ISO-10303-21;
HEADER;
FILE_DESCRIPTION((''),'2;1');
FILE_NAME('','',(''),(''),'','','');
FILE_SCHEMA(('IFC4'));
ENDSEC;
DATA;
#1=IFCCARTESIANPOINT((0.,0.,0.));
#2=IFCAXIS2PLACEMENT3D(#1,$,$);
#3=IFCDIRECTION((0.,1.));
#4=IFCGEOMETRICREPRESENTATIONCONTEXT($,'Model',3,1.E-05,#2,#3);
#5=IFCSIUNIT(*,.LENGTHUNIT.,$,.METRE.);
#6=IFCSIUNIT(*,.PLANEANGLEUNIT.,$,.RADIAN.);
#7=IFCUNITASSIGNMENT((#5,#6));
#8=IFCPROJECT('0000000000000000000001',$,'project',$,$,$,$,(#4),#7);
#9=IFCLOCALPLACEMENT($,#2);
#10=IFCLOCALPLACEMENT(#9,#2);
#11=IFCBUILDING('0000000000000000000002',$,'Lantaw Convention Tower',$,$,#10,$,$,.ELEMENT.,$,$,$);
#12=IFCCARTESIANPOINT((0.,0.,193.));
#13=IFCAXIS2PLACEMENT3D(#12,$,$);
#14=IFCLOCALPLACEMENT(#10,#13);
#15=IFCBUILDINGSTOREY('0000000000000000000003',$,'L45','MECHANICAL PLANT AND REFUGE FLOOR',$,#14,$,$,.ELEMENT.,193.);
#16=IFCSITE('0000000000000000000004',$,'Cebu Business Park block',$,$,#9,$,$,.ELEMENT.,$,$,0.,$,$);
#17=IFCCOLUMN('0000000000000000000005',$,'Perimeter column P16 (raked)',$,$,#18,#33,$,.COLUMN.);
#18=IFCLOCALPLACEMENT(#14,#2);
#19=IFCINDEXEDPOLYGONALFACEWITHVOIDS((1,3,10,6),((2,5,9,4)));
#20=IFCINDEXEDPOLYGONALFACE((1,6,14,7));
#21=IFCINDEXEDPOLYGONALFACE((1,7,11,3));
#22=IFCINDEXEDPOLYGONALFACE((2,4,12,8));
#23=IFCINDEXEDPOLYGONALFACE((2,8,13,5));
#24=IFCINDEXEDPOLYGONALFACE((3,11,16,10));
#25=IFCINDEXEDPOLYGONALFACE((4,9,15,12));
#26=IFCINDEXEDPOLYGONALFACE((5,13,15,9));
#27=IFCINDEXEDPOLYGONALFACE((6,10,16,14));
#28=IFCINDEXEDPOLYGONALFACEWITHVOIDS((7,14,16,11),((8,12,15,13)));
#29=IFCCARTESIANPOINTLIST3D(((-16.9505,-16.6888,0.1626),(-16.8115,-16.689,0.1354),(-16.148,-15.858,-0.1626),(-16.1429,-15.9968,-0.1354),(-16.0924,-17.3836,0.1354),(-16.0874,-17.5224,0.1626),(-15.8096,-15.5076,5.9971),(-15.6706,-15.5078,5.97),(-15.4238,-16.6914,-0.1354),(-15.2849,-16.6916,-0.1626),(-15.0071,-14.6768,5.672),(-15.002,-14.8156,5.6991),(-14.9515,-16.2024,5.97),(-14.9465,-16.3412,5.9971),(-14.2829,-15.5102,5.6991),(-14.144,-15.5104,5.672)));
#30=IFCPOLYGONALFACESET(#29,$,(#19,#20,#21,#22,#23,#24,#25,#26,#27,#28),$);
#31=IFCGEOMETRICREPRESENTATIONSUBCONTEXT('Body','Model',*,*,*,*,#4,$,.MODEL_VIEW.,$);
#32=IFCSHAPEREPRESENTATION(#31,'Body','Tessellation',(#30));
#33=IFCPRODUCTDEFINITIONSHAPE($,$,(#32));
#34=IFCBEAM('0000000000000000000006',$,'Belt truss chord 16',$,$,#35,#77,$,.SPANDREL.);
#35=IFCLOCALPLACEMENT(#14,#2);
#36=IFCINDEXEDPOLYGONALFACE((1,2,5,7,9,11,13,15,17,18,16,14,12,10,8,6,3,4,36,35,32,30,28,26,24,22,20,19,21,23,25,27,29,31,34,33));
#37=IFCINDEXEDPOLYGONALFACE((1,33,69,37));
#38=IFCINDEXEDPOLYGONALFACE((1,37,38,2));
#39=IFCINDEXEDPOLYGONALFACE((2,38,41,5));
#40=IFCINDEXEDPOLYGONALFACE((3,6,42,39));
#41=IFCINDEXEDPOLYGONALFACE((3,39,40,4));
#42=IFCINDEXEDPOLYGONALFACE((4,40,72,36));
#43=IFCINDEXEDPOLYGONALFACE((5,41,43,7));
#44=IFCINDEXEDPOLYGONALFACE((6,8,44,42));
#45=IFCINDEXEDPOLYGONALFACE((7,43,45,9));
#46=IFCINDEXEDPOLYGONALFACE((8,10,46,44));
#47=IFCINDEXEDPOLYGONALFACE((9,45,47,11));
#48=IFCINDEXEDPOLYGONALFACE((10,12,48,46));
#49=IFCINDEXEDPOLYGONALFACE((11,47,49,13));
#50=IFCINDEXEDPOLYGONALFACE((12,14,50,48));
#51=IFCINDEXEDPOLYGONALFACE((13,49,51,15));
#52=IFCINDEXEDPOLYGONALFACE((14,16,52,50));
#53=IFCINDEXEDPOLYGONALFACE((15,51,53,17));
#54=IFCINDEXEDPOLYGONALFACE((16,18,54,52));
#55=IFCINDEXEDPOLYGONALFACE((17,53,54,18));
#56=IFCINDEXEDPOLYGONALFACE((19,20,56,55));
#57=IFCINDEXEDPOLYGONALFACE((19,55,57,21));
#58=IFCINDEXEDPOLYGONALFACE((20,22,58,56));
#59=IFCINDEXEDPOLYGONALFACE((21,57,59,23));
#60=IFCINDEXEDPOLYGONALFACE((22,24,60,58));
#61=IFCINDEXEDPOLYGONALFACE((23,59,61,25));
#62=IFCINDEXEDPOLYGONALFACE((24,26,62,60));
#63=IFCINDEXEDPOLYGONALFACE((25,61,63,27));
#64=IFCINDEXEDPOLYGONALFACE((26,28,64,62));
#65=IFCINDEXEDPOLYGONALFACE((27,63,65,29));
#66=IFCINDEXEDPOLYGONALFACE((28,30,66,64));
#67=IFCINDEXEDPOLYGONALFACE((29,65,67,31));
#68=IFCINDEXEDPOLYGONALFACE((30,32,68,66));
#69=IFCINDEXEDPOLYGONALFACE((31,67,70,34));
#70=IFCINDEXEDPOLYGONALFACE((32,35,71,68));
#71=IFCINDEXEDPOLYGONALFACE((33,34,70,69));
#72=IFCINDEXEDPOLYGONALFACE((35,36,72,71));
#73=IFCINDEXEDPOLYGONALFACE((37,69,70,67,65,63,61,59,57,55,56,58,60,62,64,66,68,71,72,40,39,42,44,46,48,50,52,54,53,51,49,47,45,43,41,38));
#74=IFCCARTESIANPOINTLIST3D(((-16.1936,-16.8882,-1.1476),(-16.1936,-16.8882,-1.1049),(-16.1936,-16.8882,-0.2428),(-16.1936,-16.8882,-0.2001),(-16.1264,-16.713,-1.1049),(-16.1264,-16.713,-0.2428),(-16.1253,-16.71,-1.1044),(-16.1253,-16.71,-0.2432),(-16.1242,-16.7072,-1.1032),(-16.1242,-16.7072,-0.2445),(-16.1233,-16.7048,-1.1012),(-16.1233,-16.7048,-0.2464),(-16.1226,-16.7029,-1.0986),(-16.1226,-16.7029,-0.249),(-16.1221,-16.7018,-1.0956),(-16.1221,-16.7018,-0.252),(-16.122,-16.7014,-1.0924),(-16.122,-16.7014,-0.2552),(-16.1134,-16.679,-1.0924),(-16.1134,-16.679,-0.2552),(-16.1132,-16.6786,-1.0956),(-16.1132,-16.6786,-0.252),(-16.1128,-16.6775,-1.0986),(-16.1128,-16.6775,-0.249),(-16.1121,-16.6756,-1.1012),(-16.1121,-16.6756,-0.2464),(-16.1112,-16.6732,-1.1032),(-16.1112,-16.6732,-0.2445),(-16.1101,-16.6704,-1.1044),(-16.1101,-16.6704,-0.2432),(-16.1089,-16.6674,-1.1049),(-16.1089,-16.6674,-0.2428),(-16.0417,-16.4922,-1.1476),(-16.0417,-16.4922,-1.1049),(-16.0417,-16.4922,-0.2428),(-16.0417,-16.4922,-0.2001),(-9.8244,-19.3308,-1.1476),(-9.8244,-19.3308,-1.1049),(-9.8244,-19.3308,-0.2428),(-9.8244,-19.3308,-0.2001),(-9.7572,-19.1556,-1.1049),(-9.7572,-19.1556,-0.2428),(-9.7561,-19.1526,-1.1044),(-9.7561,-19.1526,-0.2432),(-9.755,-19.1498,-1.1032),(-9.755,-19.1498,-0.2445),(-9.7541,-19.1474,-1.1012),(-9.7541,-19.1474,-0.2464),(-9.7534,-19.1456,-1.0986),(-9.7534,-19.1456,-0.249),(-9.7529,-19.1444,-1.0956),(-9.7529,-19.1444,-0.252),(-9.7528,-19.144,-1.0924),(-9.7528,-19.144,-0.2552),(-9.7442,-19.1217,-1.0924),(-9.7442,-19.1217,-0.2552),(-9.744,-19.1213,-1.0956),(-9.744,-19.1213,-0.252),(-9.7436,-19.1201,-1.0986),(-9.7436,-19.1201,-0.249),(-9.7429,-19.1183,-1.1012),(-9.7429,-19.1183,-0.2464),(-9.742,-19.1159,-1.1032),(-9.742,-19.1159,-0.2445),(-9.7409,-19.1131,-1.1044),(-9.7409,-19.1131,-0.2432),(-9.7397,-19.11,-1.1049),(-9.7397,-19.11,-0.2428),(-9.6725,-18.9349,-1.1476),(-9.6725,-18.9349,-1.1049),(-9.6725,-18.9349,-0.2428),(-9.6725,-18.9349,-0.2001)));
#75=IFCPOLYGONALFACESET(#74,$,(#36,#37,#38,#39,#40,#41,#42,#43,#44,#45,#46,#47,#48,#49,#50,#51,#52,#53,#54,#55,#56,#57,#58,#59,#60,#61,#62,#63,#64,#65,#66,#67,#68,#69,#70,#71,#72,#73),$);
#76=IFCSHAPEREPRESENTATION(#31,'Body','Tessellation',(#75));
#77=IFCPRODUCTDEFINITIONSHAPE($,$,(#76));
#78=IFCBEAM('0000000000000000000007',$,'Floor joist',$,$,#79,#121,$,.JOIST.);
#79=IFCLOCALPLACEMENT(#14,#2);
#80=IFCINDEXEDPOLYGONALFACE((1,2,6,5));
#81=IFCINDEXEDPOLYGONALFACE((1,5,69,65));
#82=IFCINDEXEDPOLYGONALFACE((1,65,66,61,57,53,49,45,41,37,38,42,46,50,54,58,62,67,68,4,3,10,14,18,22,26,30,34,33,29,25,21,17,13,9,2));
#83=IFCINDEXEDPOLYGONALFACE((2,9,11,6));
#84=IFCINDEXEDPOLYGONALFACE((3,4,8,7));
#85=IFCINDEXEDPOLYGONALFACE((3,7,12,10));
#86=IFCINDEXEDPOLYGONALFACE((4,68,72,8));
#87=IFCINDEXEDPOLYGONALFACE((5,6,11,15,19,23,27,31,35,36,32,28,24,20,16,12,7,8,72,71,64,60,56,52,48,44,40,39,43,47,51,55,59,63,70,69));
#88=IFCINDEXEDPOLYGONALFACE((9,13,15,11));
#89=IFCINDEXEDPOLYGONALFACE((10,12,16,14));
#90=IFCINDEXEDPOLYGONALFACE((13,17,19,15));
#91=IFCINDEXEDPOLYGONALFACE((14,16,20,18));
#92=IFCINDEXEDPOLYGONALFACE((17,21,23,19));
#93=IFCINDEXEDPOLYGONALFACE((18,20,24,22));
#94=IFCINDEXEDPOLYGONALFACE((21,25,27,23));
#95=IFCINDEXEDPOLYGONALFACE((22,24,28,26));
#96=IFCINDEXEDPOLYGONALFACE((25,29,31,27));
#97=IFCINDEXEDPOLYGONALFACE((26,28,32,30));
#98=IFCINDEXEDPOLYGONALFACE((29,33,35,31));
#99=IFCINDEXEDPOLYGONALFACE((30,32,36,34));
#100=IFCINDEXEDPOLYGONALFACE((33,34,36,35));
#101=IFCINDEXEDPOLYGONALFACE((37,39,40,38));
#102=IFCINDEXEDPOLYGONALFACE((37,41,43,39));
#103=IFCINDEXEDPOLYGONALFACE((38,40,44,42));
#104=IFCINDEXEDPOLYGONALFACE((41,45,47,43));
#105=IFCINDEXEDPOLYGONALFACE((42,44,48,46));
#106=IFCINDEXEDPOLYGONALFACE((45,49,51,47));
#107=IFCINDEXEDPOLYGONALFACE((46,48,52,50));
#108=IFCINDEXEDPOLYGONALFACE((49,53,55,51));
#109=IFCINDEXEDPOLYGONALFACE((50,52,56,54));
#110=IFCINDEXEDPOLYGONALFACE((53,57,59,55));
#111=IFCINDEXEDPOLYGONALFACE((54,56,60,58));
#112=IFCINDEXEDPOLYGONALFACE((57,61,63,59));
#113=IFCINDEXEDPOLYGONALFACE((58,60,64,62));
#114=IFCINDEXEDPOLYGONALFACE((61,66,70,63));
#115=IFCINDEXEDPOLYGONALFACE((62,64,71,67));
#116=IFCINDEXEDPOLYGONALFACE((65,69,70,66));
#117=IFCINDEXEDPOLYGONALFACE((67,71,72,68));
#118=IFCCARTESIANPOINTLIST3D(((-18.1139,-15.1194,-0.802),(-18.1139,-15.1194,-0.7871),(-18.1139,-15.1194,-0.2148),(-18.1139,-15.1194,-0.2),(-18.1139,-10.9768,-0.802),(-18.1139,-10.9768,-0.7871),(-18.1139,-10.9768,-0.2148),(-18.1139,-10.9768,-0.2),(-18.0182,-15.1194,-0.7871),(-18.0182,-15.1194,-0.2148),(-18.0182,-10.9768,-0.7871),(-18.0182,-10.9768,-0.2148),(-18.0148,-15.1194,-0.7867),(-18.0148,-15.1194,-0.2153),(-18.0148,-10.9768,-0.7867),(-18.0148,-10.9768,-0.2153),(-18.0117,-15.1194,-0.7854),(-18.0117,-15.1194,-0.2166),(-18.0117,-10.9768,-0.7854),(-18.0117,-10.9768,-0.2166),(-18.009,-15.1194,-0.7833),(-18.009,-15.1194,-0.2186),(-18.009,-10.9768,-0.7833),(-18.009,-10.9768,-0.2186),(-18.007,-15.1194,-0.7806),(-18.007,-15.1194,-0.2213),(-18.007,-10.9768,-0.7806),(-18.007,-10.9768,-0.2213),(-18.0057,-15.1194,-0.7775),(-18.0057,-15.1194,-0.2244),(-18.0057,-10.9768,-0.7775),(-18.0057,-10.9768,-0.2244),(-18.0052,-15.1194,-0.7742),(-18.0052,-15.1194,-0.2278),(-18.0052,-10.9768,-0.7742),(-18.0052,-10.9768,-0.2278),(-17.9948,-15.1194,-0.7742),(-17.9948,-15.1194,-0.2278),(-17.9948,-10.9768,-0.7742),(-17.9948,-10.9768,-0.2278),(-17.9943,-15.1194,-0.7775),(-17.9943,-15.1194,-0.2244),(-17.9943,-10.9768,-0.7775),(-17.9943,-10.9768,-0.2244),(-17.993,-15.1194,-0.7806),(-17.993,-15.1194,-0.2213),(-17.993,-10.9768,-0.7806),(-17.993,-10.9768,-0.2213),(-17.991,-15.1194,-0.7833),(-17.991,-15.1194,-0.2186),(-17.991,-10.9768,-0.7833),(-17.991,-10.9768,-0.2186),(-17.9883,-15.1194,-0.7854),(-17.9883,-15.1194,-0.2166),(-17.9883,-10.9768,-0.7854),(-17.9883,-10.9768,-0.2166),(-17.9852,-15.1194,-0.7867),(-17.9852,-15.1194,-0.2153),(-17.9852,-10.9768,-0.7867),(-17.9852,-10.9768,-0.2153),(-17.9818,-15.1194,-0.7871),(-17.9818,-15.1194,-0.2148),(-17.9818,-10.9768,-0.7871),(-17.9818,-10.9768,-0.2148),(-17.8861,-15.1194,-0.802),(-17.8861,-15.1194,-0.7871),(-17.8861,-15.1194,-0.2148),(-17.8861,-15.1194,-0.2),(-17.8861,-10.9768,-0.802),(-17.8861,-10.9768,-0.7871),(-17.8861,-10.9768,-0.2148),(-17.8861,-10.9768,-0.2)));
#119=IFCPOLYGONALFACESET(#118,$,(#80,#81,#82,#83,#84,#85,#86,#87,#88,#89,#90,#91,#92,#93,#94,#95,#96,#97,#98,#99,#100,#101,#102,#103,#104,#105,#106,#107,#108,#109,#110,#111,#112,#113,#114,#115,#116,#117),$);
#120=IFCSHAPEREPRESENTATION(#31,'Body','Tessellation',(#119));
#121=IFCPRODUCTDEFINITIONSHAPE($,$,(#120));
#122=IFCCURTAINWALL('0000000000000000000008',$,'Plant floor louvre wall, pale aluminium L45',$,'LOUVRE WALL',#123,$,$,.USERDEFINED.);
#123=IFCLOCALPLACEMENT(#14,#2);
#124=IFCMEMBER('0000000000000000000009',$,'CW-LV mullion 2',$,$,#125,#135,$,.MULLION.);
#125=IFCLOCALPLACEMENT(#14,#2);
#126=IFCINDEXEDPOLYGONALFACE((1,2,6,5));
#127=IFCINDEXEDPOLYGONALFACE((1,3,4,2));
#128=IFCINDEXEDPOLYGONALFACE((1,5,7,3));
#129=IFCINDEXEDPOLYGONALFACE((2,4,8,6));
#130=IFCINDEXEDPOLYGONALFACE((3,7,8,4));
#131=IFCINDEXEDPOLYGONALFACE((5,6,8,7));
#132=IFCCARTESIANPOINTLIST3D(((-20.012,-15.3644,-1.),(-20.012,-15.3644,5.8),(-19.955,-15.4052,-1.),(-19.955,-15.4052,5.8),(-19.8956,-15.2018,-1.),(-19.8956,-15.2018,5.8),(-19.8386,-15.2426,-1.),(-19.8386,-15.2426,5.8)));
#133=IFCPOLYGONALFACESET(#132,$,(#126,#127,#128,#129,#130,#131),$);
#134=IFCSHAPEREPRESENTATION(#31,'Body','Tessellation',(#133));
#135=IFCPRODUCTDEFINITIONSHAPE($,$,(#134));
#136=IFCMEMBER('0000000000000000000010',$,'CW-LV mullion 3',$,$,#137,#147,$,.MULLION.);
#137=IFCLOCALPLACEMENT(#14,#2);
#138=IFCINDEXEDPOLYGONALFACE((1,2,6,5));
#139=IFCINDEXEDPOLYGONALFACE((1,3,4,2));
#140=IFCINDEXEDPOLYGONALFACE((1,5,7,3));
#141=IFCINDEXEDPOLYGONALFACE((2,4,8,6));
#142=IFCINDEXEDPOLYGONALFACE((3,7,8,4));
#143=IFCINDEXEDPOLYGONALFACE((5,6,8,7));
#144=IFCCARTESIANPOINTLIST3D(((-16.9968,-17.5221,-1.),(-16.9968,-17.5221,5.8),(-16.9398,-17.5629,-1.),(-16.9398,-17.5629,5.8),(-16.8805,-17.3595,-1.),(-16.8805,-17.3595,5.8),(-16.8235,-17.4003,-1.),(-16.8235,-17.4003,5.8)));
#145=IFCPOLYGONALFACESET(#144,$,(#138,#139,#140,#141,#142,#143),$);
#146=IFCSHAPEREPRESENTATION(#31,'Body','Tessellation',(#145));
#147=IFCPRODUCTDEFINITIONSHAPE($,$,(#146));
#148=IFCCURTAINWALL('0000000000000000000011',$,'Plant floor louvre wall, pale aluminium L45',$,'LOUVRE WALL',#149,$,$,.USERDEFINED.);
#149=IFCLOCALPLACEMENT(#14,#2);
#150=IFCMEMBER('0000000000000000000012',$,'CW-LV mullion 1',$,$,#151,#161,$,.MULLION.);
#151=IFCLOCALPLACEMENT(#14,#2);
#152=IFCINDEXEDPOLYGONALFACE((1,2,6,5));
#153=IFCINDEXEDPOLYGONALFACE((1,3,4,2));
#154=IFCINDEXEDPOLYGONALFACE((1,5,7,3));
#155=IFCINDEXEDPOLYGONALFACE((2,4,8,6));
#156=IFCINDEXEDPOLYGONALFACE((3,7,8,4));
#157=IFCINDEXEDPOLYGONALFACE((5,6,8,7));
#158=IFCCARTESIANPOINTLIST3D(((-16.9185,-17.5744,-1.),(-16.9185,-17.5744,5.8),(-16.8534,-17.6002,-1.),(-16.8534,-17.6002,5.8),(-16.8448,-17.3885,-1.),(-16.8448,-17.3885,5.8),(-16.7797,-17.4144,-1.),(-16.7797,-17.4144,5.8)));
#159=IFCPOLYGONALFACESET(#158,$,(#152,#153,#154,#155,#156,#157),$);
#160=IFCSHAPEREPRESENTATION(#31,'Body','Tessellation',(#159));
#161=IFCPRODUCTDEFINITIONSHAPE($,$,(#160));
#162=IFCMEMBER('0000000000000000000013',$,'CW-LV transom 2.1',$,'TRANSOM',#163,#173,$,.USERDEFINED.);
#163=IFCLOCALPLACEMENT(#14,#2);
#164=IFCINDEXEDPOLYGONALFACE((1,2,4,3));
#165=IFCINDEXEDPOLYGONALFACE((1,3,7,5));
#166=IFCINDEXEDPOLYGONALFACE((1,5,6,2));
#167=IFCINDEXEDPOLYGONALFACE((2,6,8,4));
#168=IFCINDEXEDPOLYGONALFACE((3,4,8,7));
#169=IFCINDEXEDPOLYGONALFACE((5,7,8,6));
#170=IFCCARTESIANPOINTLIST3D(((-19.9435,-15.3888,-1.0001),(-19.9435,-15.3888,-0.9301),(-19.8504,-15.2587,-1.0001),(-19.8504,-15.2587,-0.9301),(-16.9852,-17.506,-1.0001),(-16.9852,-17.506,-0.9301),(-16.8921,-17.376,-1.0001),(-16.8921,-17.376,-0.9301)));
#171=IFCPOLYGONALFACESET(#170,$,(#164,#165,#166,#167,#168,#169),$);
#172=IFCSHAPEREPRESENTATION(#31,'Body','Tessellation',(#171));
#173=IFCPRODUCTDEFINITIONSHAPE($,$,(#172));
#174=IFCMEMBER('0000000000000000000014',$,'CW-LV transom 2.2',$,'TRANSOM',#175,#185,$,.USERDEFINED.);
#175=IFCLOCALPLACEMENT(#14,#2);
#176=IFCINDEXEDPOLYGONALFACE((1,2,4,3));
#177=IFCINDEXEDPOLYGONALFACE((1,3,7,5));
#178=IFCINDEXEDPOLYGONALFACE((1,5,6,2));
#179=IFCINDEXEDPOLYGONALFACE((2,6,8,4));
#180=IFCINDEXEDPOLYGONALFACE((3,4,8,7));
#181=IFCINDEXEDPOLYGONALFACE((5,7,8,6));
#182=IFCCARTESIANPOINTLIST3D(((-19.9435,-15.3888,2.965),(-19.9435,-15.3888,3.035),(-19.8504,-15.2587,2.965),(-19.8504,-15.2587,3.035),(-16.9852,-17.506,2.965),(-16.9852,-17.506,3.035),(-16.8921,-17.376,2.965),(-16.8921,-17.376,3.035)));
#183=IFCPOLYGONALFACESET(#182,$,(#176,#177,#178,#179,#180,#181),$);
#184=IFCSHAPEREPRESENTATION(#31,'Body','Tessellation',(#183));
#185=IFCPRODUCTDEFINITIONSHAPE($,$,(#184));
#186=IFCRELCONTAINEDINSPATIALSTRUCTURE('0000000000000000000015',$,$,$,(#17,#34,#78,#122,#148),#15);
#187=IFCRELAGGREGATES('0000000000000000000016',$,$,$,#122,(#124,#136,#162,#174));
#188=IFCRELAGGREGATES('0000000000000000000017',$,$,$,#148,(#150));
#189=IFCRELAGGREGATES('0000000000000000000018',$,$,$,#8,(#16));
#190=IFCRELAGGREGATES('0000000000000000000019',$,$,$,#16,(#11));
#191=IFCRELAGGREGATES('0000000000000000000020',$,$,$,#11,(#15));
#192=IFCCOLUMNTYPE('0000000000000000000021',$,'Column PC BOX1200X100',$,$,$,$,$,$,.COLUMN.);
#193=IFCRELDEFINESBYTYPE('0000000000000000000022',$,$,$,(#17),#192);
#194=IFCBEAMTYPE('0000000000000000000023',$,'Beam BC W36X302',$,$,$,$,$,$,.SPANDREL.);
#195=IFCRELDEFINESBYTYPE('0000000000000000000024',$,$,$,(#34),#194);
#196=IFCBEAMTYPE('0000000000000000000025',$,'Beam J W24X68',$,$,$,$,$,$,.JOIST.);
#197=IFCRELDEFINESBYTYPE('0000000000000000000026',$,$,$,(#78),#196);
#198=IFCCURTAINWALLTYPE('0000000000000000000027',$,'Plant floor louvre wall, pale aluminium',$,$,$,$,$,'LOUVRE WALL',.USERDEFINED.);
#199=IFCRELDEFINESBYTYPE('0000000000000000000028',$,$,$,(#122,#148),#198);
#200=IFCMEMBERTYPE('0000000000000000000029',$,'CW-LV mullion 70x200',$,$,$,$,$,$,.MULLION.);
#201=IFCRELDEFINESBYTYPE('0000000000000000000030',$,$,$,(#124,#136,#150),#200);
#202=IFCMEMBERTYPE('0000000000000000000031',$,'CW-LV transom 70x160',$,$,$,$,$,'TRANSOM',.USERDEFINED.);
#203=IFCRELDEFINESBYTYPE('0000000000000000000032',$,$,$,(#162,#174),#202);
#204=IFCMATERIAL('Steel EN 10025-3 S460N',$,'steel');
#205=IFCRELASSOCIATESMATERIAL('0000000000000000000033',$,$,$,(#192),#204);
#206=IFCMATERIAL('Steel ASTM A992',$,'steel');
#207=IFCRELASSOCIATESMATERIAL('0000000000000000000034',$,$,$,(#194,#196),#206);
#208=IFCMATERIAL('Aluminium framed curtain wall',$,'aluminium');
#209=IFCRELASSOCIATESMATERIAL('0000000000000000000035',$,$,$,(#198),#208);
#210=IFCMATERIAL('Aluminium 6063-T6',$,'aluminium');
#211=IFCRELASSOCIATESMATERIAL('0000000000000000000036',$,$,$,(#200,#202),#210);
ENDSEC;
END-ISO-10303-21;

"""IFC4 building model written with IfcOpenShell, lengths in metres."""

from ifc_helpers import new_model, si_unit, direction, frame, origin, origin_2d, place, context, subcontext, project, spatial, rectangle, hollow_rectangle, i_section, extrude, material, material_profile, profile_set, type_object, element, aggregate, save


model = new_model("IFC4")

# Units and contexts
model_context = context("Model", 3, precision=1e-05, world=origin(), true_north=direction((0.0, 1.0)))
body_context = subcontext(model_context, "Body", "Model", "MODEL_VIEW")
ifc_project = project(units=[si_unit("LENGTHUNIT", "METRE"), si_unit("PLANEANGLEUNIT", "RADIAN")], contexts=[model_context])

# Site, building, storey
site_placement = place(None, origin())
site = spatial("IfcSite", under=ifc_project, at=site_placement, Name="Cebu Business Park block", CompositionType="ELEMENT", RefElevation=0.0)
building_placement = place(site_placement, origin())
building = spatial("IfcBuilding", under=site, at=building_placement, Name="Lantaw Convention Tower", CompositionType="ELEMENT")
storey_placement = place(building_placement, frame((0.0, 0.0, 193.0)))
storey = spatial("IfcBuildingStorey", under=building, at=storey_placement, Name="L45", Description="MECHANICAL PLANT AND REFUGE FLOOR", CompositionType="ELEMENT", Elevation=193.0)

# Column
ifc_material_1 = material(Name="Steel EN 10025-3 S460N", Category="steel")
ifc_material_profile_1 = material_profile(ifc_material_1, hollow_rectangle(XDim=1.2, YDim=1.2, WallThickness=0.1001, at=origin_2d()), Name="BOX1200X100")
ifc_material_2 = material(Name="Concrete C60/75", Category="concrete")
ifc_material_profile_2 = material_profile(ifc_material_2, rectangle(XDim=1.0, YDim=1.0, at=origin_2d()), Name="Concrete fill of BOX1200X100")
ifc_profile_set_1 = profile_set([ifc_material_profile_1, ifc_material_profile_2], Name="Steel EN 10025-3 S460N")
column_type = type_object("IfcColumnType", Name="Column PC BOX1200X100", PredefinedType="COLUMN", material=ifc_profile_set_1)
column_placement = place(storey_placement, frame((-16.1177, -16.6902, 0.0), z_axis=(0.188226, 0.194872, 0.962599), x_axis=(-0.719266, 0.694735, 0.0)))
element("IfcColumn", 1, at=column_placement, inside=storey, type_object=column_type, Name="Perimeter column P16 (raked)", PredefinedType="COLUMN", context=body_context, shape_type="SweptSolid", body=[
    extrude(hollow_rectangle(XDim=1.2, YDim=1.2, WallThickness=0.1001, at=origin_2d()), origin(), (0.0, 0.0, 1.0), 6.0613),
])

# Beams
ifc_material_3 = material(Name="Steel ASTM A992", Category="steel")
ifc_material_profile_3 = material_profile(ifc_material_3, i_section(OverallWidth=0.4241, OverallDepth=0.9475, WebThickness=0.0239, FlangeThickness=0.0427, FilletRadius=0.0125, at=origin_2d()), Name="W36X302")
ifc_profile_set_2 = profile_set([ifc_material_profile_3], Name="Steel ASTM A992")
beam_type_1 = type_object("IfcBeamType", Name="Beam BC W36X302", PredefinedType="SPANDREL", material=ifc_profile_set_2)
beam_1_placement = place(storey_placement, frame((-16.1177, -16.6902, -0.6738), z_axis=(0.933691, -0.35808, 0.0), x_axis=(0.35808, 0.933691, 0.0)))
element("IfcBeam", 2, at=beam_1_placement, inside=storey, type_object=beam_type_1, Name="Belt truss chord 16", PredefinedType="SPANDREL", context=body_context, shape_type="SweptSolid", body=[
    extrude(i_section(OverallWidth=0.4241, OverallDepth=0.9475, WebThickness=0.0239, FlangeThickness=0.0427, FilletRadius=0.0125, at=origin_2d()), origin(), (0.0, 0.0, 1.0), 6.8215),
])
ifc_material_profile_4 = material_profile(ifc_material_3, i_section(OverallWidth=0.2278, OverallDepth=0.6021, WebThickness=0.0105, FlangeThickness=0.0149, FilletRadius=0.0129, at=origin_2d()), Name="W24X68")
ifc_profile_set_3 = profile_set([ifc_material_profile_4], Name="Steel ASTM A992")
beam_type_2 = type_object("IfcBeamType", Name="Beam J W24X68", PredefinedType="JOIST", material=ifc_profile_set_3)
beam_2_placement = place(storey_placement, frame((-18.0, -15.1194, -0.501), z_axis=(0.0, 1.0, 0.0), x_axis=(-1.0, 0.0, 0.0)))
element("IfcBeam", 3, at=beam_2_placement, inside=storey, type_object=beam_type_2, Name="Floor joist", PredefinedType="JOIST", context=body_context, shape_type="SweptSolid", body=[
    extrude(i_section(OverallWidth=0.2278, OverallDepth=0.6021, WebThickness=0.0105, FlangeThickness=0.0149, FilletRadius=0.0129, at=origin_2d()), origin(), (0.0, 0.0, 1.0), 4.1426),
])

# Curtain wall, members
ifc_material_4 = material(Name="Aluminium framed curtain wall", Category="aluminium")
curtain_wall_type = type_object("IfcCurtainWallType", Name="Plant floor louvre wall, pale aluminium", ElementType="LOUVRE WALL", PredefinedType="USERDEFINED", material=ifc_material_4)
curtain_wall_1_placement = place(storey_placement, origin())
curtain_wall_1 = element("IfcCurtainWall", 4, at=curtain_wall_1_placement, inside=storey, type_object=curtain_wall_type, Name="Plant floor louvre wall, pale aluminium L45", ObjectType="LOUVRE WALL", PredefinedType="USERDEFINED")
ifc_material_5 = material(Name="Aluminium 6063-T6", Category="aluminium")
ifc_material_profile_5 = material_profile(ifc_material_5, rectangle(XDim=0.2, YDim=0.0701, at=origin_2d()), Name="CW-LV mullion 70x200")
ifc_profile_set_4 = profile_set([ifc_material_profile_5], Name="Aluminium 6063-T6")
member_type_1 = type_object("IfcMemberType", Name="CW-LV mullion 70x200", PredefinedType="MULLION", material=ifc_profile_set_4)
member_1_placement = place(storey_placement, frame((-19.9253, -15.3035, -1.0), z_axis=(0.0, 0.0, 1.0), x_axis=(0.581973, 0.813208, 0.0)))
member_1 = element("IfcMember", 5, at=member_1_placement, type_object=member_type_1, Name="CW-LV mullion 2", PredefinedType="MULLION", context=body_context, shape_type="SweptSolid", body=[
    extrude(rectangle(XDim=0.2, YDim=0.0701, at=origin_2d()), origin(), (0.0, 0.0, 1.0), 6.8),
])
member_2_placement = place(storey_placement, frame((-16.9102, -17.4612, -1.0), z_axis=(0.0, 0.0, 1.0), x_axis=(0.581973, 0.813208, 0.0)))
member_2 = element("IfcMember", 6, at=member_2_placement, type_object=member_type_1, Name="CW-LV mullion 3", PredefinedType="MULLION", context=body_context, shape_type="SweptSolid", body=[
    extrude(rectangle(XDim=0.2, YDim=0.0701, at=origin_2d()), origin(), (0.0, 0.0, 1.0), 6.8),
])

# Curtain wall, member
curtain_wall_2_placement = place(storey_placement, origin())
curtain_wall_2 = element("IfcCurtainWall", 7, at=curtain_wall_2_placement, inside=storey, type_object=curtain_wall_type, Name="Plant floor louvre wall, pale aluminium L45", ObjectType="LOUVRE WALL", PredefinedType="USERDEFINED")
member_3_placement = place(storey_placement, frame((-16.8491, -17.4944, -1.0), z_axis=(0.0, 0.0, 1.0), x_axis=(0.368702, 0.929548, 0.0)))
member_3 = element("IfcMember", 8, at=member_3_placement, type_object=member_type_1, Name="CW-LV mullion 1", PredefinedType="MULLION", context=body_context, shape_type="SweptSolid", body=[
    extrude(rectangle(XDim=0.2, YDim=0.0701, at=origin_2d()), origin(), (0.0, 0.0, 1.0), 6.8),
])

# Members
ifc_material_profile_6 = material_profile(ifc_material_5, rectangle(XDim=0.1599, YDim=0.0701, at=origin_2d()), Name="CW-LV transom 70x160")
ifc_profile_set_5 = profile_set([ifc_material_profile_6], Name="Aluminium 6063-T6")
member_type_2 = type_object("IfcMemberType", Name="CW-LV transom 70x160", ElementType="TRANSOM", PredefinedType="USERDEFINED", material=ifc_profile_set_5)
member_4_placement = place(storey_placement, frame((-19.897, -15.3237, -0.9651), z_axis=(0.813194, -0.581993, 0.0), x_axis=(0.581993, 0.813194, 0.0)))
member_4 = element("IfcMember", 9, at=member_4_placement, type_object=member_type_2, Name="CW-LV transom 2.1", ObjectType="TRANSOM", PredefinedType="USERDEFINED", context=body_context, shape_type="SweptSolid", body=[
    extrude(rectangle(XDim=0.1599, YDim=0.0701, at=origin_2d()), origin(), (0.0, 0.0, 1.0), 3.6379),
])
member_5_placement = place(storey_placement, frame((-19.897, -15.3237, 3.0), z_axis=(0.813194, -0.581993, 0.0), x_axis=(0.581993, 0.813194, 0.0)))
member_5 = element("IfcMember", 10, at=member_5_placement, type_object=member_type_2, Name="CW-LV transom 2.2", ObjectType="TRANSOM", PredefinedType="USERDEFINED", context=body_context, shape_type="SweptSolid", body=[
    extrude(rectangle(XDim=0.1599, YDim=0.0701, at=origin_2d()), origin(), (0.0, 0.0, 1.0), 3.6379),
])

aggregate(curtain_wall_1, [member_1, member_2, member_4, member_5])
aggregate(curtain_wall_2, [member_3])

save(model, "model.ifc")
